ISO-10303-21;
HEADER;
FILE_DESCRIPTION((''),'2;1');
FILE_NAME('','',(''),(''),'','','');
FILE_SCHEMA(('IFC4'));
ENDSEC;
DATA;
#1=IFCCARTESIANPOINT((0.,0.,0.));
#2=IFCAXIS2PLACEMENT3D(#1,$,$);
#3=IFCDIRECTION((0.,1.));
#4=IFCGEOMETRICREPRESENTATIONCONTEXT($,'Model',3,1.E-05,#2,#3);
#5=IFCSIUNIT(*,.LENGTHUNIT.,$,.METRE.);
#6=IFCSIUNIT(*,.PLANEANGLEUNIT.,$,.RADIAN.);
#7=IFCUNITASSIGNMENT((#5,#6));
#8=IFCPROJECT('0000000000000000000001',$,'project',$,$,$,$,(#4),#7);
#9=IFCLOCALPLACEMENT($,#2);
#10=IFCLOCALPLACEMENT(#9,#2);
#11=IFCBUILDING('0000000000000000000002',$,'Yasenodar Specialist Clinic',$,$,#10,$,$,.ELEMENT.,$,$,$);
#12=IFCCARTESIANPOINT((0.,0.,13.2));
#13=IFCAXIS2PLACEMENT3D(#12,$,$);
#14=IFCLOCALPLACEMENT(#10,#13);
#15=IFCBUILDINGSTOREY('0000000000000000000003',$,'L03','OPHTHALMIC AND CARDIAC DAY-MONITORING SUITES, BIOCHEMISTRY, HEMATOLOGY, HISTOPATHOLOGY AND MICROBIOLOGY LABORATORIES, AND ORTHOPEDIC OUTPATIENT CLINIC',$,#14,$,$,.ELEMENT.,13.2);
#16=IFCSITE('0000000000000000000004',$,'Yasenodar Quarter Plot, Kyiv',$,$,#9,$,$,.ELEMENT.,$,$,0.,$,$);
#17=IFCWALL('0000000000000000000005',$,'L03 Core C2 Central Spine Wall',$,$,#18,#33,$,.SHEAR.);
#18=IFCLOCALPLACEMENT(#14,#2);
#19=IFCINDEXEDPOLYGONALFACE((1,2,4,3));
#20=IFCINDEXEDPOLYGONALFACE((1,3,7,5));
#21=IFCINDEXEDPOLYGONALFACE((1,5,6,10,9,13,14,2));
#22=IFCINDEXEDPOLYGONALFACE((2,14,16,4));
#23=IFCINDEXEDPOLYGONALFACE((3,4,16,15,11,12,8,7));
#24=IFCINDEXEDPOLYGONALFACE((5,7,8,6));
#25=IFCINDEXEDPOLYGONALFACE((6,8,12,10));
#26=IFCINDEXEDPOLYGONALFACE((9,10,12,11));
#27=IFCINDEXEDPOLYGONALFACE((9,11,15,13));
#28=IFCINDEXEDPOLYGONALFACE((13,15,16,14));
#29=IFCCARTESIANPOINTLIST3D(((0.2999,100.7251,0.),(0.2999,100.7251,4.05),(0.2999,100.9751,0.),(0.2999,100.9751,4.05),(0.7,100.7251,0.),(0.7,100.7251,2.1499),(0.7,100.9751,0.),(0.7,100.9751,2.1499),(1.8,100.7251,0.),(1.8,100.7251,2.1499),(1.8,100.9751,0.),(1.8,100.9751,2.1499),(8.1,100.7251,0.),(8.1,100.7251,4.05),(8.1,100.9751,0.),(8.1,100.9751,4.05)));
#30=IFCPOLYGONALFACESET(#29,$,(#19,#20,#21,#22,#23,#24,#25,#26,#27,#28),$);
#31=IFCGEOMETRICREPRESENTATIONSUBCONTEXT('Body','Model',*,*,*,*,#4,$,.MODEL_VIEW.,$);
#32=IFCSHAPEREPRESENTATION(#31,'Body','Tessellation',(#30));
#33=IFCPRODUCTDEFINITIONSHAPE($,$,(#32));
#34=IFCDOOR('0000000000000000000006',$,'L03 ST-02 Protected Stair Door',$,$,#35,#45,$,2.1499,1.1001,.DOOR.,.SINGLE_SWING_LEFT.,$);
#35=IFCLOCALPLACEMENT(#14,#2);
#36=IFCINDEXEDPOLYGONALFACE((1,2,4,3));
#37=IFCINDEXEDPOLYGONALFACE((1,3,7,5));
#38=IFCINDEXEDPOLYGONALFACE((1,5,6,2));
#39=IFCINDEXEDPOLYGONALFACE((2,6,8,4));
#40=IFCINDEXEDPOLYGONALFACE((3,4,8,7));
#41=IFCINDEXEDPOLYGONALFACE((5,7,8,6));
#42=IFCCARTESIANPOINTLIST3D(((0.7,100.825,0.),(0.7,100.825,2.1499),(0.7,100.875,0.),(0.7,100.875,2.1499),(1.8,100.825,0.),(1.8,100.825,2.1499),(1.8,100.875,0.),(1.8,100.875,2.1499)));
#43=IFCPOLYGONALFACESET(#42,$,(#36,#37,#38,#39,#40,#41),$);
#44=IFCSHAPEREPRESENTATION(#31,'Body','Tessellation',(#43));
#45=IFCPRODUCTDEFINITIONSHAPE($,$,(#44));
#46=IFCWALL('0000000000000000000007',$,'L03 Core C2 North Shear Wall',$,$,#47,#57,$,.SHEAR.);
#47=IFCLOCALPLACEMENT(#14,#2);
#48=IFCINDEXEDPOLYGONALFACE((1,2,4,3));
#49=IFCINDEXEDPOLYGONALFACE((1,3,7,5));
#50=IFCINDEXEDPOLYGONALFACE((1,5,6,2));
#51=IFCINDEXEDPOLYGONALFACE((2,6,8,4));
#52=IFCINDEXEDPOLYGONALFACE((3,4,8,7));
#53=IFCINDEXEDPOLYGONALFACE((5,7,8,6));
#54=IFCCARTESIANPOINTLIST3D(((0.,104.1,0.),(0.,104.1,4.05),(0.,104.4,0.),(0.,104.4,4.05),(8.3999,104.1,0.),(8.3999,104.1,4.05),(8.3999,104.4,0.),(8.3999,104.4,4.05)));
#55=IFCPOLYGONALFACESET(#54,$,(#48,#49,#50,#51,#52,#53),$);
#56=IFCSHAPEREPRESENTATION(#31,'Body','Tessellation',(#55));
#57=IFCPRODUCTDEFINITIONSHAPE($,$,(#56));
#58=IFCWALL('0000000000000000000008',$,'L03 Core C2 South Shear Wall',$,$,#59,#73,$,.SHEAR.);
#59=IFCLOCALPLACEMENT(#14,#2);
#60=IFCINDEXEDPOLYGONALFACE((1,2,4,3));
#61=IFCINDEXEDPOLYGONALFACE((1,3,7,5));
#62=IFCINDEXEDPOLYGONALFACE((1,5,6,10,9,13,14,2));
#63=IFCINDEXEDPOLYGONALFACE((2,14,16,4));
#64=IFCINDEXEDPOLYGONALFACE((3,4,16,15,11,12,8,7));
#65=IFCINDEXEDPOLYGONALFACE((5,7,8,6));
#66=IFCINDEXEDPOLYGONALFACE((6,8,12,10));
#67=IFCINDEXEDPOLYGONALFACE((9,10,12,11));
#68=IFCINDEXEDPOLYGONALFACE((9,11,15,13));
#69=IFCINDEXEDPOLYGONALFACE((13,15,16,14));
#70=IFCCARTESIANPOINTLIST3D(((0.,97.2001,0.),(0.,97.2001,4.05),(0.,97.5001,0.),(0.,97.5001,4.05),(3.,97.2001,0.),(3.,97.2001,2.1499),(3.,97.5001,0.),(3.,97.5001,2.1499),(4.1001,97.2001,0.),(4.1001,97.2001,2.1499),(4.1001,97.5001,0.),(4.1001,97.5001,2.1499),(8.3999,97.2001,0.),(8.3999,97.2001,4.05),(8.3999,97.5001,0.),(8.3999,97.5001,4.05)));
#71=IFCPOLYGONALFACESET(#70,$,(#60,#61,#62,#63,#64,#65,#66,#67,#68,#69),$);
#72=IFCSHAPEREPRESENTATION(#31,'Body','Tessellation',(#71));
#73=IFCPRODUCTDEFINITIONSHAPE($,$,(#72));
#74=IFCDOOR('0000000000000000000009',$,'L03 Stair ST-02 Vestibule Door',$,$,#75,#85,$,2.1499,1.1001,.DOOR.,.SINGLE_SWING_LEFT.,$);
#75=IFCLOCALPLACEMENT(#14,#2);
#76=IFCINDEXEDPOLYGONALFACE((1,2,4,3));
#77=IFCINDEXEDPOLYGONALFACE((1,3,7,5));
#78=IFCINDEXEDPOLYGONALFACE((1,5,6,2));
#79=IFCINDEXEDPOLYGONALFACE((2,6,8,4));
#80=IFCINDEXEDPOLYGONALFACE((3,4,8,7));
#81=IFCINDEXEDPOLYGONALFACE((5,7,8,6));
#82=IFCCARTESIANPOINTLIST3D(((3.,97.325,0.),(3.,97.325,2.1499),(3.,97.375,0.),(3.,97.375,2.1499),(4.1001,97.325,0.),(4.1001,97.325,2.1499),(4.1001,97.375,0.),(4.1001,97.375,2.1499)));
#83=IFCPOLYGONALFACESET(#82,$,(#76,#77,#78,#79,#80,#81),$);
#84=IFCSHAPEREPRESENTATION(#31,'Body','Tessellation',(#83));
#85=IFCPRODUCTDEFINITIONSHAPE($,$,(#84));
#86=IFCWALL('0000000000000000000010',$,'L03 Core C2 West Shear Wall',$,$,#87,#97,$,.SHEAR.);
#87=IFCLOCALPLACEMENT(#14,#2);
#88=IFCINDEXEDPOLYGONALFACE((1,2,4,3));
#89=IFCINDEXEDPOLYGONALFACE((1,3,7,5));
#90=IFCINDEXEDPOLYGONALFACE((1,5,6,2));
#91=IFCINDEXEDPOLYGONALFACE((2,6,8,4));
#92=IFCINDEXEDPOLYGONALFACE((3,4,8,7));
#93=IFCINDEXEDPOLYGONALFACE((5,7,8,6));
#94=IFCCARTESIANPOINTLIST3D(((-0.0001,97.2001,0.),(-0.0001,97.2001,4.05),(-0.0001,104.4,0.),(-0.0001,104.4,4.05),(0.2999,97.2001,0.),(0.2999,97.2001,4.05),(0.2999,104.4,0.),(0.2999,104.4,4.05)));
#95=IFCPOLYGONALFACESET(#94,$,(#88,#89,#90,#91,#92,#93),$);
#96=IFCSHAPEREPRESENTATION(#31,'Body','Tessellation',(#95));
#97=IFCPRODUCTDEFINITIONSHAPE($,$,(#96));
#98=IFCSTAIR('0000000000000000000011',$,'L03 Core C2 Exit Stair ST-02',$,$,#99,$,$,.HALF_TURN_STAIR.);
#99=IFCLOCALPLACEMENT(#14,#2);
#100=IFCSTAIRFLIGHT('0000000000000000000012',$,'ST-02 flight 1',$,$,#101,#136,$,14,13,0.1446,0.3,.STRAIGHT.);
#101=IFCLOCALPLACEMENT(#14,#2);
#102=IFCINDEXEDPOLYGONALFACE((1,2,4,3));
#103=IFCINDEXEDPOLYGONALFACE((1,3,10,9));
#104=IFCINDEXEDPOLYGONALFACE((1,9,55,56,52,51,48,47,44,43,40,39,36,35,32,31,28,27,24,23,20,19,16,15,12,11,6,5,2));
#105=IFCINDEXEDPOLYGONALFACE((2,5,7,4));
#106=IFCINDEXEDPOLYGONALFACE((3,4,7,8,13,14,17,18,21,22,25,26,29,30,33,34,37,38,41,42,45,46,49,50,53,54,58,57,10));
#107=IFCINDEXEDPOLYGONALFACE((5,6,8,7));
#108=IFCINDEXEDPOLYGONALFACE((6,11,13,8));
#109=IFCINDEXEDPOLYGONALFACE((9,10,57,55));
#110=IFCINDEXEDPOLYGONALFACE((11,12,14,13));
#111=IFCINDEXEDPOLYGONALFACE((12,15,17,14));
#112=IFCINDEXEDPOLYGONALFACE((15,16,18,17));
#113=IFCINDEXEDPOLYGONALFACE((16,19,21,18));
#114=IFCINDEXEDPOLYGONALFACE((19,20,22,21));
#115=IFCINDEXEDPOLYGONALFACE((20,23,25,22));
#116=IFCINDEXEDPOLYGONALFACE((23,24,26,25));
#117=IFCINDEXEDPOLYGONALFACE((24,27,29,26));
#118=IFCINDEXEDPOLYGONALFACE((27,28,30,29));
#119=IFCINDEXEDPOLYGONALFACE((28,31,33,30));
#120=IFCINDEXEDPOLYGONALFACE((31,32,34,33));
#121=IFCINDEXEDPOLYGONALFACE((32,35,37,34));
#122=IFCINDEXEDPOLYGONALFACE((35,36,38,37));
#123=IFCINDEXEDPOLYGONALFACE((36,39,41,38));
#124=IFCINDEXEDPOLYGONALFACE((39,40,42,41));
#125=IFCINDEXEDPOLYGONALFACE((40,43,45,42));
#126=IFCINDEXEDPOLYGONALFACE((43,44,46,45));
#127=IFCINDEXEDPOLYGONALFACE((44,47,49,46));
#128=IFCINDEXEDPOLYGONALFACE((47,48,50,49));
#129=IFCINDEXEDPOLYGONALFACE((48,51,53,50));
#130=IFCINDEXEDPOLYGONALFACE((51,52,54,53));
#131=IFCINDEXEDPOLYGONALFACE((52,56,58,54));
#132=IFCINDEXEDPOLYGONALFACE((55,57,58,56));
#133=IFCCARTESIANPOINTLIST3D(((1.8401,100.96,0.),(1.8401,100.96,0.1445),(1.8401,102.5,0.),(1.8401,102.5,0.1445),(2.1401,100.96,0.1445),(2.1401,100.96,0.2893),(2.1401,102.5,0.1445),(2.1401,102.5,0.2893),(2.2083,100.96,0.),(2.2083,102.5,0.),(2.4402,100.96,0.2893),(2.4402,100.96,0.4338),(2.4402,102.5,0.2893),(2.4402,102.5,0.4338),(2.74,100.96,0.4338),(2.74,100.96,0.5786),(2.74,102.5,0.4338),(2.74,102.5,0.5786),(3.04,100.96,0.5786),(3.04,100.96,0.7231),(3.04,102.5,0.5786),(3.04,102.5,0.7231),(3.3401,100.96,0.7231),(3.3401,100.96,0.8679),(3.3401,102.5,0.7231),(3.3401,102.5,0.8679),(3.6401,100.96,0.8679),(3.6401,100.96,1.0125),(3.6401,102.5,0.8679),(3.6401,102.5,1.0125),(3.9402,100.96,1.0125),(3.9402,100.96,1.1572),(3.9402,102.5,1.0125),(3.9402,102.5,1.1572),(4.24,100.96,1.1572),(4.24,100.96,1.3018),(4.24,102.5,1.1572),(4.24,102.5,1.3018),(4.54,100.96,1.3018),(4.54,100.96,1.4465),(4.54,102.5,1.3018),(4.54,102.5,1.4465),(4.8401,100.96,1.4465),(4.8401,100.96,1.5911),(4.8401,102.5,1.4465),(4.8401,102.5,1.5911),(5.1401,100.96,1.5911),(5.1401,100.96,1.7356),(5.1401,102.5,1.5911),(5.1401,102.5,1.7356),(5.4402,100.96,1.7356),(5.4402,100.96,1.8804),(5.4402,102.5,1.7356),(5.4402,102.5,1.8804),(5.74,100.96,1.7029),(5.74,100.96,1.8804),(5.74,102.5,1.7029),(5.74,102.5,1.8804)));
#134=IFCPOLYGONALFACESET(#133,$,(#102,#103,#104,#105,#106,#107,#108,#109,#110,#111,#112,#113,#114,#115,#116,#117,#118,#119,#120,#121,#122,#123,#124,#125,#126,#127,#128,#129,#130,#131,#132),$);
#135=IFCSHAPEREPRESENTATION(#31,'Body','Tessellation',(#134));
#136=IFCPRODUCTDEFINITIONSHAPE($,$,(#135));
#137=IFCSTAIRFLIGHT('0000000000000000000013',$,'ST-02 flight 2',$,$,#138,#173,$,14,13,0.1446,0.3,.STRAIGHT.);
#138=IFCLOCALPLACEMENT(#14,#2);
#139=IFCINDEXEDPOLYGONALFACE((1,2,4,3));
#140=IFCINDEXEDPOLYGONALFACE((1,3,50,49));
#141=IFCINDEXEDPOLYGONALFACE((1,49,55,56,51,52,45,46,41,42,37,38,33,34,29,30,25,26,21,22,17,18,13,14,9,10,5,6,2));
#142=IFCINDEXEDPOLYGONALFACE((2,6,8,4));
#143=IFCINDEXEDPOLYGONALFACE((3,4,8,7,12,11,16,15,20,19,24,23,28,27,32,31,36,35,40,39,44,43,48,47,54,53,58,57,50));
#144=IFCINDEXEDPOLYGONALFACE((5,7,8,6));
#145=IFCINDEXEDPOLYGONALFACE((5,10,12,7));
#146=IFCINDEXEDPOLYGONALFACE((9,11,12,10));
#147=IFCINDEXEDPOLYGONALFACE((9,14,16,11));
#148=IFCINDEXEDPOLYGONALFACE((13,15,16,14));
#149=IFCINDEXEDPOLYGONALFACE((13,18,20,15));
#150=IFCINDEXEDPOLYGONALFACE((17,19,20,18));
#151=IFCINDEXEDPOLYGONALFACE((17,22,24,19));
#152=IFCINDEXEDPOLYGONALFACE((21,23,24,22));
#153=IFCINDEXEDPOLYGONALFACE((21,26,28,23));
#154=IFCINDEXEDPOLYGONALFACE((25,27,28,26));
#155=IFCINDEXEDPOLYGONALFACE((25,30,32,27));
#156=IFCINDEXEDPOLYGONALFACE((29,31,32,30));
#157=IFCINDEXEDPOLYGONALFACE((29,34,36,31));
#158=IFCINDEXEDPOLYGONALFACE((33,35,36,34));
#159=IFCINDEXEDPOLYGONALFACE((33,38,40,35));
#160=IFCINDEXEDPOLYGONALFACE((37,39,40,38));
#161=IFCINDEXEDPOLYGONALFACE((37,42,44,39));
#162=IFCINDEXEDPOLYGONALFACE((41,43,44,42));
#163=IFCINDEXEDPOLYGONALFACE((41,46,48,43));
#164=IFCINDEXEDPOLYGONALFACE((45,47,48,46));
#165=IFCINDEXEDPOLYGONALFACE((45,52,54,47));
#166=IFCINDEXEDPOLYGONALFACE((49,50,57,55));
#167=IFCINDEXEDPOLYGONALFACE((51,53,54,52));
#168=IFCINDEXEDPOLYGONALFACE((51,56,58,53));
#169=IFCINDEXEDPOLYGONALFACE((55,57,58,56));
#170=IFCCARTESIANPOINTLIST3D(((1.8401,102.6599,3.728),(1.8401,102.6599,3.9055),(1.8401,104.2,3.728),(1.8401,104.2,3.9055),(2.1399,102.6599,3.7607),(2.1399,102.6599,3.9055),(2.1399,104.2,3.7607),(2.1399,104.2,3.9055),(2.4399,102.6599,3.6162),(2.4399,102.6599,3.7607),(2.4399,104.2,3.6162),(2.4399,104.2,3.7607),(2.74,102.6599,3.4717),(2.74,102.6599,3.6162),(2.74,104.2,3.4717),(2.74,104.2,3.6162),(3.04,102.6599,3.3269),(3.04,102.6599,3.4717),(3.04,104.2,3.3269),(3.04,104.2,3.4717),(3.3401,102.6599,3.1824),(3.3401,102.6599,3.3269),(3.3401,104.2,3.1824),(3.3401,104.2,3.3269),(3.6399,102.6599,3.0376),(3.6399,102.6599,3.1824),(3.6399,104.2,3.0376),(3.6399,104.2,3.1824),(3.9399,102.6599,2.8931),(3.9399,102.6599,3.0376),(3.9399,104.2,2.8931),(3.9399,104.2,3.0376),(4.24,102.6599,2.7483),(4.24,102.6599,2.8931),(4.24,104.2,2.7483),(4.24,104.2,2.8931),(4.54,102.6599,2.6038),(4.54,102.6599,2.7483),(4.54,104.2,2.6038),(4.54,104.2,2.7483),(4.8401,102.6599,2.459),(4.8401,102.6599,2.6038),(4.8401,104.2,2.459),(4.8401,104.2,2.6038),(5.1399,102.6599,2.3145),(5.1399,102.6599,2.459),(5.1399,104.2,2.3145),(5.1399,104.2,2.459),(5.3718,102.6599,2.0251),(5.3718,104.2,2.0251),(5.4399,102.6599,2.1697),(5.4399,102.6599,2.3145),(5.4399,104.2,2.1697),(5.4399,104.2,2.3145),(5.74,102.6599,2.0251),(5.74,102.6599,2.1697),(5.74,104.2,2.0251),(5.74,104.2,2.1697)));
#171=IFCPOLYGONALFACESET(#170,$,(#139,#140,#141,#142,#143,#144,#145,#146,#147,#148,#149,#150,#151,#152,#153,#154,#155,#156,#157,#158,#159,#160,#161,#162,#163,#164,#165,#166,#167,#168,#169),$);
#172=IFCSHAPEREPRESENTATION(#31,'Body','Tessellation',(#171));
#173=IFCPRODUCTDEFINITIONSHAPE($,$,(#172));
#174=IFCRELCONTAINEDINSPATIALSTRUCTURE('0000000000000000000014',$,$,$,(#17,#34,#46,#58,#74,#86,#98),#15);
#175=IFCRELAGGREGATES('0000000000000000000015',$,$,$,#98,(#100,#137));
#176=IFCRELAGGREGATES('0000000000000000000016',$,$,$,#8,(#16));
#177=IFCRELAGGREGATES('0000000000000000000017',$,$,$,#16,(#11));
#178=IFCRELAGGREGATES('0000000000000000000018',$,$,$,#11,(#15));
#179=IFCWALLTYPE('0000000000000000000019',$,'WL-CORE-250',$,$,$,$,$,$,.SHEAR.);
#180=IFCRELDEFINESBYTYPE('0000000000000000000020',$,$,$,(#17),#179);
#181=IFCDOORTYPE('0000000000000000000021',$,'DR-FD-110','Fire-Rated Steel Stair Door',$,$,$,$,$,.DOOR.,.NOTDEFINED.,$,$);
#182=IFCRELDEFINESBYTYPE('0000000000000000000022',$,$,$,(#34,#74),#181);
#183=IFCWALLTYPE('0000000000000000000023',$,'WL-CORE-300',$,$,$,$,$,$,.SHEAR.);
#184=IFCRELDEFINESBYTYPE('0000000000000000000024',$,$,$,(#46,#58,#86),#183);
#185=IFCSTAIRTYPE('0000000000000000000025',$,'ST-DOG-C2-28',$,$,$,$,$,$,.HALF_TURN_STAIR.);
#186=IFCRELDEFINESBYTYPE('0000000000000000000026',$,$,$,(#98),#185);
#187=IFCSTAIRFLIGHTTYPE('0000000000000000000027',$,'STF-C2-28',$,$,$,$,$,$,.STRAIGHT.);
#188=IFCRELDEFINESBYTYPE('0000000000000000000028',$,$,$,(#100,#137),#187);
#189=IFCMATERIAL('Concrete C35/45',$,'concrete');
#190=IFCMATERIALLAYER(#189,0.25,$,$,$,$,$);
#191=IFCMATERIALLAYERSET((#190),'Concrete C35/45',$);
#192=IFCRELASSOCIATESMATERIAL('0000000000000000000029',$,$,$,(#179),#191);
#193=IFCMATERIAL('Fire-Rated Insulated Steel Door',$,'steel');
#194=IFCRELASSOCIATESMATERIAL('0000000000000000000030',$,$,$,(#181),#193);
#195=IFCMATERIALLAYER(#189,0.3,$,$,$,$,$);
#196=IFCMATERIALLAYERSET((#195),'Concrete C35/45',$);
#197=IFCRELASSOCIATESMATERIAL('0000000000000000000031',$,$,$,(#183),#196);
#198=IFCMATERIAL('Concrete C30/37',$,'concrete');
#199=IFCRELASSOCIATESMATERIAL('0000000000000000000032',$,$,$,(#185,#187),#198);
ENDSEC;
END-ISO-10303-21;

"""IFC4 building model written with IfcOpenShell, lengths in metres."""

from ifc_helpers import new_model, si_unit, direction, frame, frame_2d, origin, place, context, subcontext, project, spatial, polyline, rectangle, outline, extrude, material, layer, layer_set, type_object, element, fill, aggregate, save


model = new_model("IFC4")

# Units and contexts
model_context = context("Model", 3, precision=1e-05, world=origin(), true_north=direction((0.0, 1.0)))
body_context = subcontext(model_context, "Body", "Model", "MODEL_VIEW")
ifc_project = project(units=[si_unit("LENGTHUNIT", "METRE"), si_unit("PLANEANGLEUNIT", "RADIAN")], contexts=[model_context])

# Site, building, storey
site_placement = place(None, origin())
site = spatial("IfcSite", under=ifc_project, at=site_placement, Name="Yasenodar Quarter Plot, Kyiv", CompositionType="ELEMENT", RefElevation=0.0)
building_placement = place(site_placement, origin())
building = spatial("IfcBuilding", under=site, at=building_placement, Name="Yasenodar Specialist Clinic", CompositionType="ELEMENT")
storey_placement = place(building_placement, frame((0.0, 0.0, 13.2)))
storey = spatial("IfcBuildingStorey", under=building, at=storey_placement, Name="L03", Description="OPHTHALMIC AND CARDIAC DAY-MONITORING SUITES, BIOCHEMISTRY, HEMATOLOGY, HISTOPATHOLOGY AND MICROBIOLOGY LABORATORIES, AND ORTHOPEDIC OUTPATIENT CLINIC", CompositionType="ELEMENT", Elevation=13.2)

# Wall, opening, door
ifc_material_1 = material(Name="Concrete C35/45", Category="concrete")
ifc_layer_1 = layer(ifc_material_1, 0.25)
ifc_layer_set_1 = layer_set([ifc_layer_1], Name="Concrete C35/45")
wall_type_1 = type_object("IfcWallType", Name="WL-CORE-250", PredefinedType="SHEAR", material=ifc_layer_set_1)
wall_1_placement = place(storey_placement, frame((0.3, 100.8501, 0.0), z_axis=(0.0, 0.0, 1.0), x_axis=(1.0, 0.0, 0.0)))
wall_1 = element("IfcWall", 1, at=wall_1_placement, inside=storey, type_object=wall_type_1, Name="L03 Core C2 Central Spine Wall", PredefinedType="SHEAR", context=body_context, shape_type="SweptSolid", body=[
    extrude(rectangle(XDim=7.8, YDim=0.25, at=frame_2d((3.8999, 0.0))), origin(), (0.0, 0.0, 1.0), 4.05),
])
opening_1_placement = place(wall_1_placement, frame((0.3999, 0.0, 0.0)))
opening_1 = element("IfcOpeningElement", 2, at=opening_1_placement, cuts=wall_1, PredefinedType="OPENING", context=body_context, shape_type="SweptSolid", body=[
    extrude(rectangle(XDim=1.1001, YDim=2.1499, at=frame_2d((0.55, 1.075))), frame((0.0, 0.135, 0.0), z_axis=(0.0, -1.0, 0.0), x_axis=(1.0, 0.0, 0.0)), (0.0, 0.0, 1.0), 0.27),
])
ifc_material_2 = material(Name="Fire-Rated Insulated Steel Door", Category="steel")
door_type_1 = type_object("IfcDoorType", Name="DR-FD-110", Description="Fire-Rated Steel Stair Door", OperationType="NOTDEFINED", PredefinedType="DOOR", material=ifc_material_2)
door_1_placement = place(opening_1_placement, origin())
door_1 = element("IfcDoor", 3, at=door_1_placement, inside=storey, type_object=door_type_1, Name="L03 ST-02 Protected Stair Door", OperationType="SINGLE_SWING_LEFT", OverallHeight=2.1499, OverallWidth=1.1001, PredefinedType="DOOR", context=body_context, shape_type="SweptSolid", body=[
    extrude(rectangle(XDim=1.1001, YDim=2.1499, at=frame_2d((0.55, 1.075))), frame((0.0, 0.0249, 0.0), z_axis=(0.0, -1.0, 0.0), x_axis=(1.0, 0.0, 0.0)), (0.0, 0.0, 1.0), 0.05),
])
fill(opening_1, door_1)

# Wall
ifc_layer_2 = layer(ifc_material_1, 0.3)
ifc_layer_set_2 = layer_set([ifc_layer_2], Name="Concrete C35/45")
wall_type_2 = type_object("IfcWallType", Name="WL-CORE-300", PredefinedType="SHEAR", material=ifc_layer_set_2)
wall_2_placement = place(storey_placement, frame((0.0, 104.25, 0.0), z_axis=(0.0, 0.0, 1.0), x_axis=(1.0, 0.0, 0.0)))
element("IfcWall", 4, at=wall_2_placement, inside=storey, type_object=wall_type_2, Name="L03 Core C2 North Shear Wall", PredefinedType="SHEAR", context=body_context, shape_type="SweptSolid", body=[
    extrude(rectangle(XDim=8.3999, YDim=0.3, at=frame_2d((4.2, 0.0))), origin(), (0.0, 0.0, 1.0), 4.05),
])

# Wall, opening, door
wall_3_placement = place(storey_placement, frame((0.0, 97.3501, 0.0), z_axis=(0.0, 0.0, 1.0), x_axis=(1.0, 0.0, 0.0)))
wall_3 = element("IfcWall", 5, at=wall_3_placement, inside=storey, type_object=wall_type_2, Name="L03 Core C2 South Shear Wall", PredefinedType="SHEAR", context=body_context, shape_type="SweptSolid", body=[
    extrude(rectangle(XDim=8.3999, YDim=0.3, at=frame_2d((4.2, 0.0))), origin(), (0.0, 0.0, 1.0), 4.05),
])
opening_2_placement = place(wall_3_placement, frame((3.0, 0.0, 0.0)))
opening_2 = element("IfcOpeningElement", 6, at=opening_2_placement, cuts=wall_3, PredefinedType="OPENING", context=body_context, shape_type="SweptSolid", body=[
    extrude(rectangle(XDim=1.1001, YDim=2.1499, at=frame_2d((0.55, 1.075))), frame((0.0, 0.1602, 0.0), z_axis=(0.0, -1.0, 0.0), x_axis=(1.0, 0.0, 0.0)), (0.0, 0.0, 1.0), 0.3201),
])
door_2_placement = place(opening_2_placement, origin())
door_2 = element("IfcDoor", 7, at=door_2_placement, inside=storey, type_object=door_type_1, Name="L03 Stair ST-02 Vestibule Door", OperationType="SINGLE_SWING_LEFT", OverallHeight=2.1499, OverallWidth=1.1001, PredefinedType="DOOR", context=body_context, shape_type="SweptSolid", body=[
    extrude(rectangle(XDim=1.1001, YDim=2.1499, at=frame_2d((0.55, 1.075))), frame((0.0, 0.0249, 0.0), z_axis=(0.0, -1.0, 0.0), x_axis=(1.0, 0.0, 0.0)), (0.0, 0.0, 1.0), 0.05),
])
fill(opening_2, door_2)

# Wall
wall_4_placement = place(storey_placement, frame((0.1499, 97.2, 0.0), z_axis=(0.0, 0.0, 1.0), x_axis=(0.0, 1.0, 0.0)))
element("IfcWall", 8, at=wall_4_placement, inside=storey, type_object=wall_type_2, Name="L03 Core C2 West Shear Wall", PredefinedType="SHEAR", context=body_context, shape_type="SweptSolid", body=[
    extrude(rectangle(XDim=7.2, YDim=0.3, at=frame_2d((3.6001, 0.0))), origin(), (0.0, 0.0, 1.0), 4.05),
])

# Stair, stair flights
ifc_material_3 = material(Name="Concrete C30/37", Category="concrete")
stair_type = type_object("IfcStairType", Name="ST-DOG-C2-28", PredefinedType="HALF_TURN_STAIR", material=ifc_material_3)
stair_placement = place(storey_placement, origin())
stair = element("IfcStair", 9, at=stair_placement, inside=storey, type_object=stair_type, Name="L03 Core C2 Exit Stair ST-02", PredefinedType="HALF_TURN_STAIR")
stair_flight_type = type_object("IfcStairFlightType", Name="STF-C2-28", PredefinedType="STRAIGHT", material=ifc_material_3)
stair_flight_1_placement = place(storey_placement, frame((1.8401, 101.73, 0.0), z_axis=(0.0, 0.0, 1.0), x_axis=(1.0, 0.0, 0.0)))
stair_flight_1 = element("IfcStairFlight", 10, at=stair_flight_1_placement, type_object=stair_flight_type, Name="ST-02 flight 1", NumberOfRisers=14, NumberOfTreads=13, PredefinedType="STRAIGHT", RiserHeight=0.1446, TreadLength=0.3, context=body_context, shape_type="SweptSolid", body=[
    extrude(outline(polyline([(0.0, 0.0), (0.0, 0.1445), (0.3, 0.1445), (0.3, 0.2893), (0.6001, 0.2893), (0.6001, 0.4338), (0.8999, 0.4338), (0.8999, 0.5786), (1.2, 0.5786), (1.2, 0.7231), (1.5, 0.7231), (1.5, 0.8679), (1.8, 0.8679), (1.8, 1.0125), (2.1001, 1.0125), (2.1001, 1.1572), (2.3999, 1.1572), (2.3999, 1.3018), (2.7, 1.3018), (2.7, 1.4465), (3.0, 1.4465), (3.0, 1.5911), (3.3, 1.5911), (3.3, 1.7356), (3.6001, 1.7356), (3.6001, 1.8804), (3.8999, 1.8804), (3.8999, 2.0249), (3.8999, 1.7029), (0.3682, 0.0), (0.0, 0.0)])), frame((0.0, 0.77, 0.0), z_axis=(0.0, -1.0, 0.0), x_axis=(1.0, 0.0, 0.0)), (0.0, 0.0, 1.0), 1.54),
])
stair_flight_2_placement = place(storey_placement, frame((5.74, 103.4299, 2.0251), z_axis=(0.0, 0.0, 1.0), x_axis=(-1.0, 0.0, 0.0)))
stair_flight_2 = element("IfcStairFlight", 11, at=stair_flight_2_placement, type_object=stair_flight_type, Name="ST-02 flight 2", NumberOfRisers=14, NumberOfTreads=13, PredefinedType="STRAIGHT", RiserHeight=0.1446, TreadLength=0.3, context=body_context, shape_type="SweptSolid", body=[
    extrude(outline(polyline([(0.0, 0.0), (0.0, 0.1445), (0.3, 0.1445), (0.3, 0.2893), (0.6001, 0.2893), (0.6001, 0.4338), (0.8999, 0.4338), (0.8999, 0.5786), (1.2, 0.5786), (1.2, 0.7231), (1.5, 0.7231), (1.5, 0.8679), (1.8, 0.8679), (1.8, 1.0125), (2.1001, 1.0125), (2.1001, 1.1572), (2.3999, 1.1572), (2.3999, 1.3018), (2.7, 1.3018), (2.7, 1.4465), (3.0, 1.4465), (3.0, 1.5911), (3.3, 1.5911), (3.3, 1.7356), (3.6001, 1.7356), (3.6001, 1.8804), (3.8999, 1.8804), (3.8999, 2.0249), (3.8999, 1.7029), (0.3682, 0.0), (0.0, 0.0)])), frame((0.0, 0.77, 0.0), z_axis=(0.0, -1.0, 0.0), x_axis=(1.0, 0.0, 0.0)), (0.0, 0.0, 1.0), 1.54),
])
aggregate(stair, [stair_flight_1, stair_flight_2])

save(model, "model.ifc")
